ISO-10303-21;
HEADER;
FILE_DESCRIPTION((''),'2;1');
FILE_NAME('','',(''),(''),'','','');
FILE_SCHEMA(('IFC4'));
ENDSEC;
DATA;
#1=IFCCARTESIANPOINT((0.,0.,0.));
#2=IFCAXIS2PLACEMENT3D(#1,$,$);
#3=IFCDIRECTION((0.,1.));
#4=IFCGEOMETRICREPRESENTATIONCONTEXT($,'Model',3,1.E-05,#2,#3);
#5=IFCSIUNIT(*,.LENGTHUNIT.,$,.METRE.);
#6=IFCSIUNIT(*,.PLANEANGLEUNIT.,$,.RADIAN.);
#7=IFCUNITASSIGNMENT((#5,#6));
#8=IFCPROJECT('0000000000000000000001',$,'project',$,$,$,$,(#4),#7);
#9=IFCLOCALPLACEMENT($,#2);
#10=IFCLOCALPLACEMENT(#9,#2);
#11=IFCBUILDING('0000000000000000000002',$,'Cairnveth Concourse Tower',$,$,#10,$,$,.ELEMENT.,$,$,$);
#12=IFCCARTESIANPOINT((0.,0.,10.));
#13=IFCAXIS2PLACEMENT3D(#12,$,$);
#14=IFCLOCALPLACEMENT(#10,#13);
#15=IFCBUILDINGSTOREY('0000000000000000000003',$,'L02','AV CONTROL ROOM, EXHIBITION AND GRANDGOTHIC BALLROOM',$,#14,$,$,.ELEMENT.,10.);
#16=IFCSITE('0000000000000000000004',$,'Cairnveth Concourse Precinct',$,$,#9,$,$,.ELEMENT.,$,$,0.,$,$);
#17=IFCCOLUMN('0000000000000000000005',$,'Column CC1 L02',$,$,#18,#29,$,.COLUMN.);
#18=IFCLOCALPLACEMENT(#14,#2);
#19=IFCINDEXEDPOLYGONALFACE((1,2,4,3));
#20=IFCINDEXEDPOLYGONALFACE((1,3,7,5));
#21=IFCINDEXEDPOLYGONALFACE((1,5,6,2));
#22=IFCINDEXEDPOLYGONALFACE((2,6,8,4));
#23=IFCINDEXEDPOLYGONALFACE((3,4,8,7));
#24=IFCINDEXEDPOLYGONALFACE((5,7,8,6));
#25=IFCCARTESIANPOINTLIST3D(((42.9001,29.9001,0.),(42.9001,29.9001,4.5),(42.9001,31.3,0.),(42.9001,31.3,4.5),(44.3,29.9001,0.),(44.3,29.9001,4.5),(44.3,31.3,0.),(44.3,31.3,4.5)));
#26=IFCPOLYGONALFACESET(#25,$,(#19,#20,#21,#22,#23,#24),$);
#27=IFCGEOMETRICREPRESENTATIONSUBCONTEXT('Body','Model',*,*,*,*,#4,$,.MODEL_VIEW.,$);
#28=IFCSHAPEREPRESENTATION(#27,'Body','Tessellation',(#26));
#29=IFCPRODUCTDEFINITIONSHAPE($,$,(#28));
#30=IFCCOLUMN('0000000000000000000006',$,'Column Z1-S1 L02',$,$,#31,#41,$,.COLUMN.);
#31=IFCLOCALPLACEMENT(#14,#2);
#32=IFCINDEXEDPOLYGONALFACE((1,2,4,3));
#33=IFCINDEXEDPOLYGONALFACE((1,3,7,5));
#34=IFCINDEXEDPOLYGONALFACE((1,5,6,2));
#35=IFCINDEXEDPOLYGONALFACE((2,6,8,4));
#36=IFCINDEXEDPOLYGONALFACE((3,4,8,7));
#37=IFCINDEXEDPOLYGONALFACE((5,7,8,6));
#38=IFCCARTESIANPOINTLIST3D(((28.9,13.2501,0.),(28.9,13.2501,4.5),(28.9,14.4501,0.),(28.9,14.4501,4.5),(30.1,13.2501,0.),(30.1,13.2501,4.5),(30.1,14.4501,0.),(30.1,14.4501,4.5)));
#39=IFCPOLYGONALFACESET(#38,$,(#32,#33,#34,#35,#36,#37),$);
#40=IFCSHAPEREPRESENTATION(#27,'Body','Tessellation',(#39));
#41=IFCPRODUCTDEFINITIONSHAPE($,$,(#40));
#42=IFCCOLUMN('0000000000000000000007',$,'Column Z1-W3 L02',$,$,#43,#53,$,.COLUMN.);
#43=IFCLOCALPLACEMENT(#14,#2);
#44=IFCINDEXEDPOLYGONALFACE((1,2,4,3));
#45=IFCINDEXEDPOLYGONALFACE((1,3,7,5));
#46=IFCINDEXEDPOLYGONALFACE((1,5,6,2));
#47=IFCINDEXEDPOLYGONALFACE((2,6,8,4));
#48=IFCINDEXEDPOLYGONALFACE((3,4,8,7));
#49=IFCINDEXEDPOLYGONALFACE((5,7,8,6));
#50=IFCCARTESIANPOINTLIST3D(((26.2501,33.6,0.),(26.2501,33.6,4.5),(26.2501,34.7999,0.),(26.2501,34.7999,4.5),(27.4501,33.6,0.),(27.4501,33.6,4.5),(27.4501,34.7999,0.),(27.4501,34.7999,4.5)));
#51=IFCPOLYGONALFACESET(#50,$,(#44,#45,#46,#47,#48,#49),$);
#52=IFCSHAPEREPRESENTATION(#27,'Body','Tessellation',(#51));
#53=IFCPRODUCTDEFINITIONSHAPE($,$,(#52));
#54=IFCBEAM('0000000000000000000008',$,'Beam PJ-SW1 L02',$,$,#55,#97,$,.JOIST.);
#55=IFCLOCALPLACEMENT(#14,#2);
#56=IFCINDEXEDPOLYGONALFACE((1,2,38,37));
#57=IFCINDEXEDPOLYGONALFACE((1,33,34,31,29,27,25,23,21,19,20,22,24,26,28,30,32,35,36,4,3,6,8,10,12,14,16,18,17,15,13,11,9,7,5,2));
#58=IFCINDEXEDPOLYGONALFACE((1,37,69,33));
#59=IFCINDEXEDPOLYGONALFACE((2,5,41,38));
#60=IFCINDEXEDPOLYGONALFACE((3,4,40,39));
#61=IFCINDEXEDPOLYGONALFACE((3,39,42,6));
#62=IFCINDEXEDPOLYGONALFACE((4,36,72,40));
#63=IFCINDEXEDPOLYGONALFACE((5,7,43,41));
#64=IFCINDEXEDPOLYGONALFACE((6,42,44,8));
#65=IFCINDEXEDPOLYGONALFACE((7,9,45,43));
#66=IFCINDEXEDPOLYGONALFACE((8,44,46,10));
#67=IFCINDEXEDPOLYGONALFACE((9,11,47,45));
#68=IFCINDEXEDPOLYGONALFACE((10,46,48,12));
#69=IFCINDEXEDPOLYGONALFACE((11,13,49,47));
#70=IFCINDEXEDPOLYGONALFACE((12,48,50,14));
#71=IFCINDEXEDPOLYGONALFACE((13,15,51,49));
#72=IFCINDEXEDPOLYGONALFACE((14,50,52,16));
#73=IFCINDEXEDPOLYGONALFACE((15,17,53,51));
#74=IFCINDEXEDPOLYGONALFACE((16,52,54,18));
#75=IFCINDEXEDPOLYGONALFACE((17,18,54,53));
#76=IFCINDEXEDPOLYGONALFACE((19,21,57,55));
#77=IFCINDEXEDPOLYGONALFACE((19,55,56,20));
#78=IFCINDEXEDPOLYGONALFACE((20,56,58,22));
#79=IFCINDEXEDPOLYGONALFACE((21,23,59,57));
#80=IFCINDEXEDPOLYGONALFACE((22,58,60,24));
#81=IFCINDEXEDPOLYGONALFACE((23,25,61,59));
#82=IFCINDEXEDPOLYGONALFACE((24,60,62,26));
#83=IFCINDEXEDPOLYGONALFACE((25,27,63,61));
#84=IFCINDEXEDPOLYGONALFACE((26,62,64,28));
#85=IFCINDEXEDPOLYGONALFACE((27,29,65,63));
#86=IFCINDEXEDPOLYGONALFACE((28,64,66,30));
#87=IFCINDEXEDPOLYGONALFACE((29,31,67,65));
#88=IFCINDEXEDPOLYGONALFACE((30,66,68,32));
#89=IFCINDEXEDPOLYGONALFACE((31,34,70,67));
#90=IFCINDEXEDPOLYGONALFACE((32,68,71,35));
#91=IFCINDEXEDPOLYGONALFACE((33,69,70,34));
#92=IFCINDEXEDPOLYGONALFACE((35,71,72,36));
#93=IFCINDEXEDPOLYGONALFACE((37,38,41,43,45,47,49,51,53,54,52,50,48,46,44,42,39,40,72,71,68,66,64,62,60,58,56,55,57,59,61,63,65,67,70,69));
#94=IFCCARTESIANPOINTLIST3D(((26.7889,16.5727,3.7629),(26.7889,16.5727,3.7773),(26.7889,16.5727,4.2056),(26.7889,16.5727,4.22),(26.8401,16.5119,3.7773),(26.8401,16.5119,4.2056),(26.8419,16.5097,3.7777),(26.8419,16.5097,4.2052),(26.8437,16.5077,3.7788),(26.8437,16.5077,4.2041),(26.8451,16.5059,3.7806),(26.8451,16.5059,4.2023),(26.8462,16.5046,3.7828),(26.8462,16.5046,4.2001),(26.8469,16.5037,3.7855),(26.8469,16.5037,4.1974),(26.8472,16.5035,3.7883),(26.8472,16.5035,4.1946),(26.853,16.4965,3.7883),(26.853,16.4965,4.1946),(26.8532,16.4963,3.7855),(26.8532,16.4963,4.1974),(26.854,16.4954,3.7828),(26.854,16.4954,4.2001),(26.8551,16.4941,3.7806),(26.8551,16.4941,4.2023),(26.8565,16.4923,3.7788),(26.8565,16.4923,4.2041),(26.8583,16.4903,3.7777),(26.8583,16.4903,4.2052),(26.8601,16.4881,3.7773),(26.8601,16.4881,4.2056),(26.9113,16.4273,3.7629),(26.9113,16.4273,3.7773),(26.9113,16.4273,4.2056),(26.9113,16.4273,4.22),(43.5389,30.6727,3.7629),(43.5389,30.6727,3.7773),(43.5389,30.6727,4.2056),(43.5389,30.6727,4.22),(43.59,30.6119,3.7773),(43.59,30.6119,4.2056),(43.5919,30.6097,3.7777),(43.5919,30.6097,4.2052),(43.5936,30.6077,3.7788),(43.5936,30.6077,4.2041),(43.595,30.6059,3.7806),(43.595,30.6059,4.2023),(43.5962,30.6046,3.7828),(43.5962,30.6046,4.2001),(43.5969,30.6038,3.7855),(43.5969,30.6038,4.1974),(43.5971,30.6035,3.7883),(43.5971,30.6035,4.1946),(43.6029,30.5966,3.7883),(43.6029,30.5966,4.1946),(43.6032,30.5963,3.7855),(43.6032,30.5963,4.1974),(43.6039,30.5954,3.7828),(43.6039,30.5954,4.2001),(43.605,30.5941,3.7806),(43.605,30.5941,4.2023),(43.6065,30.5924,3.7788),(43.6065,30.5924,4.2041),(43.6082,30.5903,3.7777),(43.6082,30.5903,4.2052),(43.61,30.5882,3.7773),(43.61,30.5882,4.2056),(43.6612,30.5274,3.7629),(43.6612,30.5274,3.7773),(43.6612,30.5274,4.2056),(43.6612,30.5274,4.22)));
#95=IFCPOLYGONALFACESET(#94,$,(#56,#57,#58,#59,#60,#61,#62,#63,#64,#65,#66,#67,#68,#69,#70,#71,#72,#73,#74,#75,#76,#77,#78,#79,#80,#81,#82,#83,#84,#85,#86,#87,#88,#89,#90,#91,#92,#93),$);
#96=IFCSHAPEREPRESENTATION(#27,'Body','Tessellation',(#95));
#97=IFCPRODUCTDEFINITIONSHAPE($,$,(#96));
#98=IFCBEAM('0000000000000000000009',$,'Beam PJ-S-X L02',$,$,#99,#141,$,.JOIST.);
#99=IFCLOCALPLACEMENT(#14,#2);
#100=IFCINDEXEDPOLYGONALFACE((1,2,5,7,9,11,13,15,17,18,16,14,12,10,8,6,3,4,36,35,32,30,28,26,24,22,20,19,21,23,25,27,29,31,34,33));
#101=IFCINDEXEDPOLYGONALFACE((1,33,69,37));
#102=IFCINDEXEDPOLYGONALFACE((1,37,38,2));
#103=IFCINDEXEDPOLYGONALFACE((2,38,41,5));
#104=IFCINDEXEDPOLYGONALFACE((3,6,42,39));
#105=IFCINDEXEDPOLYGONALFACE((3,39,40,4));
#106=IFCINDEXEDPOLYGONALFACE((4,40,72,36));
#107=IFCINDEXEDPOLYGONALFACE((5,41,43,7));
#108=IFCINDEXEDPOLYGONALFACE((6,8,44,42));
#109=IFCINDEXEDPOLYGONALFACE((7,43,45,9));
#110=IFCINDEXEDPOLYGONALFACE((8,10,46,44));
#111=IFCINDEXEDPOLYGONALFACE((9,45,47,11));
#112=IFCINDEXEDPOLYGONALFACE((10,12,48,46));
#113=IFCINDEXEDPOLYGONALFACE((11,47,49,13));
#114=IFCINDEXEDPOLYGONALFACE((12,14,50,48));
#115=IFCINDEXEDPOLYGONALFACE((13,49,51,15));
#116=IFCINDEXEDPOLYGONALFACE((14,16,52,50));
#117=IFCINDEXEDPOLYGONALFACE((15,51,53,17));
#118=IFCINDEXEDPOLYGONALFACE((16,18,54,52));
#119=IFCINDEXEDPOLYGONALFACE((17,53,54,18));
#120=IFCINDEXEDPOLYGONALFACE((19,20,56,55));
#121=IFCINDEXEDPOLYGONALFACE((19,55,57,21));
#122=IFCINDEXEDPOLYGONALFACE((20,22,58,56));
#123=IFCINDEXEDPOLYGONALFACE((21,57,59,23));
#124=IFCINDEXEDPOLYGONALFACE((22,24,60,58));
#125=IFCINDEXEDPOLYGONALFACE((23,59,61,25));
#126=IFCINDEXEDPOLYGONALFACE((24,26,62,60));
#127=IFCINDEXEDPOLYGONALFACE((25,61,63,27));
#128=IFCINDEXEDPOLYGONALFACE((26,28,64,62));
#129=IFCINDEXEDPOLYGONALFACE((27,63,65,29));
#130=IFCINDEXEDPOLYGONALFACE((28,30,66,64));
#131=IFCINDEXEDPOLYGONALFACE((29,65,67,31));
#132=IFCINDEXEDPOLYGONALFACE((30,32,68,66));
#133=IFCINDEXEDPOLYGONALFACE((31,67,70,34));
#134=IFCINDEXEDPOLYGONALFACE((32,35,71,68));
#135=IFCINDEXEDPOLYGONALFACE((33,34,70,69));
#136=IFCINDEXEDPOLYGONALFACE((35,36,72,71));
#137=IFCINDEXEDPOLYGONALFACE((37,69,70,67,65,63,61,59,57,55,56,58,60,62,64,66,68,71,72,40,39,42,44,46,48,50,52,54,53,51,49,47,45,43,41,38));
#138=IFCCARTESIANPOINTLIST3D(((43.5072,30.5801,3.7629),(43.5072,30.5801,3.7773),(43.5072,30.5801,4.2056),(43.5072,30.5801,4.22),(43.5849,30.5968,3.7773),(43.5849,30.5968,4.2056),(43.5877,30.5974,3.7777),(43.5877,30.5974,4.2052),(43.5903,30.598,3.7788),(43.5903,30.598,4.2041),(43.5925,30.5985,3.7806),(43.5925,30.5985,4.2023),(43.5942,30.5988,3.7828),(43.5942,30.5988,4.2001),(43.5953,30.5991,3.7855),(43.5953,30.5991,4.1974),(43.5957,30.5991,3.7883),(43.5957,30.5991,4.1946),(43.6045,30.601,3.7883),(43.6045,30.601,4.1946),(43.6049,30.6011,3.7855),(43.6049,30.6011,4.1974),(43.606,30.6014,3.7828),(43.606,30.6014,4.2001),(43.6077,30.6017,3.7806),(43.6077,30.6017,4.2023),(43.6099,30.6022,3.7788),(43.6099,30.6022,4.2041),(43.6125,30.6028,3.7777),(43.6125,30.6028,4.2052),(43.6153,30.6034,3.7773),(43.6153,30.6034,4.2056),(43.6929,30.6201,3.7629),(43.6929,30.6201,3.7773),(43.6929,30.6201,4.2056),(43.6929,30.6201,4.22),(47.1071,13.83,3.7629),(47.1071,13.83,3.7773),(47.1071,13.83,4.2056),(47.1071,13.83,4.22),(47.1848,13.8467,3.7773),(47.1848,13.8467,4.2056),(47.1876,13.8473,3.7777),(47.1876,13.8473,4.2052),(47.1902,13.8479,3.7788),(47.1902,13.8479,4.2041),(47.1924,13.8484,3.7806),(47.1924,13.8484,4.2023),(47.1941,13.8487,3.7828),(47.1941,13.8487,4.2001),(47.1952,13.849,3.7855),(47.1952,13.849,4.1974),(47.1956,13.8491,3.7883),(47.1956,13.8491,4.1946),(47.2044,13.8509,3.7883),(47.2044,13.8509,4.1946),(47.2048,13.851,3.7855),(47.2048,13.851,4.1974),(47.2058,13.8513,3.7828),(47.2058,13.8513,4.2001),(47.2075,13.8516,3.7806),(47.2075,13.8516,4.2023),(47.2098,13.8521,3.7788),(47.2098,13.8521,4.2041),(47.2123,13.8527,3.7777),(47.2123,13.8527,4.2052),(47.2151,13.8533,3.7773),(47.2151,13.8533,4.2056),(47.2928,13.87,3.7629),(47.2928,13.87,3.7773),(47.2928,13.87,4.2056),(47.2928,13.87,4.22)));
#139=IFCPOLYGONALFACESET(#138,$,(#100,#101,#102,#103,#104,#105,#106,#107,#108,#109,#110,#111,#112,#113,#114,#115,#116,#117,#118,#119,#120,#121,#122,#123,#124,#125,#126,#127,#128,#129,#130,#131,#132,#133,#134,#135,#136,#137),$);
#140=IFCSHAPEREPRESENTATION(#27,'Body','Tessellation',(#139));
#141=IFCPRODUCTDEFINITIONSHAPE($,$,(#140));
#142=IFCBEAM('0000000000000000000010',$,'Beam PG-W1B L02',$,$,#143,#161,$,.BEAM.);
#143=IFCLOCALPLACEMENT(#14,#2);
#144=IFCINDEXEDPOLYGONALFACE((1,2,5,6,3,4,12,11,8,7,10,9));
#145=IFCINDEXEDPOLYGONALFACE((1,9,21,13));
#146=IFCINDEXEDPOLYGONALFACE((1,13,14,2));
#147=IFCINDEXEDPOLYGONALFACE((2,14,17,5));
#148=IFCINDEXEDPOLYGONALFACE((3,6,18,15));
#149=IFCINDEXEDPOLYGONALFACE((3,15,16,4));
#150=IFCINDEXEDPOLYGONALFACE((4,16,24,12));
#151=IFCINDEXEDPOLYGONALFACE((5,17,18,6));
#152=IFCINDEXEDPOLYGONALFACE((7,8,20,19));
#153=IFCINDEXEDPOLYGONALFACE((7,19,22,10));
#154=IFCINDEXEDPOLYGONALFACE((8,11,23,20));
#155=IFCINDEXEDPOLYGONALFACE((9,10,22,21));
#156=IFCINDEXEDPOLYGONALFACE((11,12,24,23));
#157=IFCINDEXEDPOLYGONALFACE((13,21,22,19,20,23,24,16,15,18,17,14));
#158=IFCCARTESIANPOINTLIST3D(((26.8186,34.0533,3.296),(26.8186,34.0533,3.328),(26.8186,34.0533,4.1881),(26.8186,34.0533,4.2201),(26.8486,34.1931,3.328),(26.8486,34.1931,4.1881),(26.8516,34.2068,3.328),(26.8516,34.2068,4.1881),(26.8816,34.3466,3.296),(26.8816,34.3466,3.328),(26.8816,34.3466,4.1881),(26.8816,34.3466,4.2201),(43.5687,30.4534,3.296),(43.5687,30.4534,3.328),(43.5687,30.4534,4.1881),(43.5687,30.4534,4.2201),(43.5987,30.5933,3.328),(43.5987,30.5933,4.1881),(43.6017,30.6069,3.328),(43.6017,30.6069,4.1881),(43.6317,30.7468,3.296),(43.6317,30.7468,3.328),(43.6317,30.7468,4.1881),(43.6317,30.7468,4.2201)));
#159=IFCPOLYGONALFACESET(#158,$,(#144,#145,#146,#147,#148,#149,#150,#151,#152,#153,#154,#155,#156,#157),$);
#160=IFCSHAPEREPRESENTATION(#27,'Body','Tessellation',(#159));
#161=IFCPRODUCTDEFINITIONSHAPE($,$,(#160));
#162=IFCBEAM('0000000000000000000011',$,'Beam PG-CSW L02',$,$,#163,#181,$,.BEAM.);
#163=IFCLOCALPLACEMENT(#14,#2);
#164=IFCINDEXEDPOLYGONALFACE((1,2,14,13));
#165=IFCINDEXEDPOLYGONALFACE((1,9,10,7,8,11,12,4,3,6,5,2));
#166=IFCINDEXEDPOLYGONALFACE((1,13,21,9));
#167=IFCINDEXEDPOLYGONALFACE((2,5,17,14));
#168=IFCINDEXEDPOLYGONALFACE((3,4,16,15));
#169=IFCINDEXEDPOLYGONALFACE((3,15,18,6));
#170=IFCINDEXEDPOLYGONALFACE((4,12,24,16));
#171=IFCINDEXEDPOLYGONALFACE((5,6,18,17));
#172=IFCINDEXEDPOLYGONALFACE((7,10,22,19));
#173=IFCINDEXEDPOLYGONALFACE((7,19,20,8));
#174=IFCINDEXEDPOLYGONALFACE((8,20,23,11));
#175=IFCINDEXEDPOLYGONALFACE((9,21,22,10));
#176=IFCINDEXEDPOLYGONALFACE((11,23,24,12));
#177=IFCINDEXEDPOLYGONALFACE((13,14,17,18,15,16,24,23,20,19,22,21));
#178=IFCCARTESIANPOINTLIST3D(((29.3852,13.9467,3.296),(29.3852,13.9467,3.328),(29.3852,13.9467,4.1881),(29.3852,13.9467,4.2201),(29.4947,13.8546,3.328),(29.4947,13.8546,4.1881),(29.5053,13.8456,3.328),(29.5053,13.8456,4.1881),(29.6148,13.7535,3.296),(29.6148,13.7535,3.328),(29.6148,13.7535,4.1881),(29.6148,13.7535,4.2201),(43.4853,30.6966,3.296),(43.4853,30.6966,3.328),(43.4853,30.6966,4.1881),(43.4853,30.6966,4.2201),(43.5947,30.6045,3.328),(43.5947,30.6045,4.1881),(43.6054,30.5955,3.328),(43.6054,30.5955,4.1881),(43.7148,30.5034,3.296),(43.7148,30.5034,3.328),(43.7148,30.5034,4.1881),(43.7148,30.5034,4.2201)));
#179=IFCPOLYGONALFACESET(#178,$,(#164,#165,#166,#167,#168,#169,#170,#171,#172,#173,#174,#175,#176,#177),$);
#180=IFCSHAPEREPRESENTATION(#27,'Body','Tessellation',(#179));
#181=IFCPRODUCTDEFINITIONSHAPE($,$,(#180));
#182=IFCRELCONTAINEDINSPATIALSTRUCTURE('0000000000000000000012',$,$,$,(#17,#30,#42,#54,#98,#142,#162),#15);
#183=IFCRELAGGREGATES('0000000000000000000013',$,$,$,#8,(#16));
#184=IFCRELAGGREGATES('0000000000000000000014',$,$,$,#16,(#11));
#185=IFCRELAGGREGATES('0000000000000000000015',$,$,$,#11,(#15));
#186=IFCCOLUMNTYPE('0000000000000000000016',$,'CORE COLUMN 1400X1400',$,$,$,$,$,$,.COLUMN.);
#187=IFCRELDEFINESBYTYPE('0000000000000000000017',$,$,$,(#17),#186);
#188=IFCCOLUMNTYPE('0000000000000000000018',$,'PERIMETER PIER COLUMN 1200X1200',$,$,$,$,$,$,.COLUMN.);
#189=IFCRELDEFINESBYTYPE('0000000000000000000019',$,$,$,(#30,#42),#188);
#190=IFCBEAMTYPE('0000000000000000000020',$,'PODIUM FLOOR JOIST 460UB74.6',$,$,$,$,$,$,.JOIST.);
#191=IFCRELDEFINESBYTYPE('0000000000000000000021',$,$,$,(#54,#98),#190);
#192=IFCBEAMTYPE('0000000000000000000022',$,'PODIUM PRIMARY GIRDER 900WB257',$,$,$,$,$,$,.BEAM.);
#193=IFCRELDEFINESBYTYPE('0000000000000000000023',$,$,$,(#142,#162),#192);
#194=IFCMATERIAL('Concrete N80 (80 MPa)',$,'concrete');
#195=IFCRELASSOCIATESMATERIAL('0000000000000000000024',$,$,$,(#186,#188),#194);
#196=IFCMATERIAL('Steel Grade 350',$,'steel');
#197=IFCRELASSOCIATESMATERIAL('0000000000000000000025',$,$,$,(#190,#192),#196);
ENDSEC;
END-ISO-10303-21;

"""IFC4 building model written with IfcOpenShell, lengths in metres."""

from ifc_helpers import new_model, si_unit, direction, frame, origin, origin_2d, place, context, subcontext, project, spatial, rectangle, i_section, extrude, material, material_profile, profile_set, type_object, element, save


model = new_model("IFC4")

# Units and contexts
model_context = context("Model", 3, precision=1e-05, world=origin(), true_north=direction((0.0, 1.0)))
body_context = subcontext(model_context, "Body", "Model", "MODEL_VIEW")
ifc_project = project(units=[si_unit("LENGTHUNIT", "METRE"), si_unit("PLANEANGLEUNIT", "RADIAN")], contexts=[model_context])

# Site, building, storey
site_placement = place(None, origin())
site = spatial("IfcSite", under=ifc_project, at=site_placement, Name="Cairnveth Concourse Precinct", CompositionType="ELEMENT", RefElevation=0.0)
building_placement = place(site_placement, origin())
building = spatial("IfcBuilding", under=site, at=building_placement, Name="Cairnveth Concourse Tower", CompositionType="ELEMENT")
storey_placement = place(building_placement, frame((0.0, 0.0, 10.0)))
storey = spatial("IfcBuildingStorey", under=building, at=storey_placement, Name="L02", Description="AV CONTROL ROOM, EXHIBITION AND GRANDGOTHIC BALLROOM", CompositionType="ELEMENT", Elevation=10.0)

# Columns
ifc_material_1 = material(Name="Concrete N80 (80 MPa)", Category="concrete")
ifc_material_profile_1 = material_profile(ifc_material_1, rectangle(XDim=1.3999, YDim=1.3999, at=origin_2d()), Name="RC-COL-1400x1400")
ifc_profile_set_1 = profile_set([ifc_material_profile_1], Name="Concrete N80 (80 MPa)")
column_type_1 = type_object("IfcColumnType", Name="CORE COLUMN 1400X1400", PredefinedType="COLUMN", material=ifc_profile_set_1)
column_placement = place(storey_placement, frame((43.6001, 30.6001, 0.0), z_axis=(0.0, 0.0, 1.0), x_axis=(1.0, 0.0, 0.0)))
element("IfcColumn", 1, at=column_placement, inside=storey, type_object=column_type_1, Name="Column CC1 L02", PredefinedType="COLUMN", context=body_context, shape_type="SweptSolid", body=[
    extrude(rectangle(XDim=1.3999, YDim=1.3999, at=origin_2d()), origin(), (0.0, 0.0, 1.0), 4.5),
])
ifc_material_profile_2 = material_profile(ifc_material_1, rectangle(XDim=1.2, YDim=1.2, at=origin_2d()), Name="RC-COL-1200x1200")
ifc_profile_set_2 = profile_set([ifc_material_profile_2], Name="Concrete N80 (80 MPa)")
column_type_2 = type_object("IfcColumnType", Name="PERIMETER PIER COLUMN 1200X1200", PredefinedType="COLUMN", material=ifc_profile_set_2)
for number, where, z_axis, x_axis, name in (
    (2, (29.5, 13.8501, 0.0), (0.0, 0.0, 1.0), (1.0, 0.0, 0.0), "Column Z1-S1 L02"),
    (3, (26.8501, 34.2, 0.0), (0.0, 0.0, 1.0), (1.0, 0.0, 0.0), "Column Z1-W3 L02"),
):
    element("IfcColumn", number, at=place(storey_placement, frame(where, z_axis=z_axis, x_axis=x_axis)), inside=storey, type_object=column_type_2, Name=name, PredefinedType="COLUMN", context=body_context, shape_type="SweptSolid", body=[
        extrude(rectangle(XDim=1.2, YDim=1.2, at=origin_2d()), origin(), (0.0, 0.0, 1.0), 4.5),
    ])

# Beams
ifc_material_2 = material(Name="Steel Grade 350", Category="steel")
ifc_material_profile_3 = material_profile(ifc_material_2, i_section(OverallWidth=0.1899, OverallDepth=0.457, WebThickness=0.009, FlangeThickness=0.0144, FilletRadius=0.011, at=origin_2d()), Name="460UB74.6")
ifc_profile_set_3 = profile_set([ifc_material_profile_3], Name="Steel Grade 350")
beam_type_1 = type_object("IfcBeamType", Name="PODIUM FLOOR JOIST 460UB74.6", PredefinedType="JOIST", material=ifc_profile_set_3)
beam_1_placement = place(storey_placement, frame((26.8501, 16.5, 3.9915), z_axis=(0.765027, 0.643998, 0.0), x_axis=(-0.643998, 0.765027, 0.0)))
element("IfcBeam", 4, at=beam_1_placement, inside=storey, type_object=beam_type_1, Name="Beam PJ-SW1 L02", PredefinedType="JOIST", context=body_context, shape_type="SweptSolid", body=[
    extrude(i_section(OverallWidth=0.1899, OverallDepth=0.457, WebThickness=0.009, FlangeThickness=0.0144, FilletRadius=0.011, at=origin_2d()), origin(), (0.0, 0.0, 1.0), 21.8945),
])
beam_2_placement = place(storey_placement, frame((43.6001, 30.6001, 3.9915), z_axis=(0.210119, -0.977676, 0.0), x_axis=(0.977676, 0.210119, 0.0)))
element("IfcBeam", 5, at=beam_2_placement, inside=storey, type_object=beam_type_1, Name="Beam PJ-S-X L02", PredefinedType="JOIST", context=body_context, shape_type="SweptSolid", body=[
    extrude(i_section(OverallWidth=0.1899, OverallDepth=0.457, WebThickness=0.009, FlangeThickness=0.0144, FilletRadius=0.011, at=origin_2d()), origin(), (0.0, 0.0, 1.0), 17.1326),
])
ifc_material_profile_4 = material_profile(ifc_material_2, i_section(OverallWidth=0.3, OverallDepth=0.9241, WebThickness=0.0139, FlangeThickness=0.032, at=origin_2d()), Name="900WB257")
ifc_profile_set_4 = profile_set([ifc_material_profile_4], Name="Steel Grade 350")
beam_type_2 = type_object("IfcBeamType", Name="PODIUM PRIMARY GIRDER 900WB257", PredefinedType="BEAM", material=ifc_profile_set_4)
beam_3_placement = place(storey_placement, frame((26.8501, 34.2, 3.7581), z_axis=(0.977676, -0.210119, 0.0), x_axis=(0.210119, 0.977676, 0.0)))
element("IfcBeam", 6, at=beam_3_placement, inside=storey, type_object=beam_type_2, Name="Beam PG-W1B L02", PredefinedType="BEAM", context=body_context, shape_type="SweptSolid", body=[
    extrude(i_section(OverallWidth=0.3, OverallDepth=0.9241, WebThickness=0.0139, FlangeThickness=0.032, at=origin_2d()), origin(), (0.0, 0.0, 1.0), 17.1326),
])
beam_4_placement = place(storey_placement, frame((29.5, 13.8501, 3.7581), z_axis=(0.643998, 0.765027, 0.0), x_axis=(-0.765027, 0.643998, 0.0)))
element("IfcBeam", 7, at=beam_4_placement, inside=storey, type_object=beam_type_2, Name="Beam PG-CSW L02", PredefinedType="BEAM", context=body_context, shape_type="SweptSolid", body=[
    extrude(i_section(OverallWidth=0.3, OverallDepth=0.9241, WebThickness=0.0139, FlangeThickness=0.032, at=origin_2d()), origin(), (0.0, 0.0, 1.0), 21.8945),
])

save(model, "model.ifc")
